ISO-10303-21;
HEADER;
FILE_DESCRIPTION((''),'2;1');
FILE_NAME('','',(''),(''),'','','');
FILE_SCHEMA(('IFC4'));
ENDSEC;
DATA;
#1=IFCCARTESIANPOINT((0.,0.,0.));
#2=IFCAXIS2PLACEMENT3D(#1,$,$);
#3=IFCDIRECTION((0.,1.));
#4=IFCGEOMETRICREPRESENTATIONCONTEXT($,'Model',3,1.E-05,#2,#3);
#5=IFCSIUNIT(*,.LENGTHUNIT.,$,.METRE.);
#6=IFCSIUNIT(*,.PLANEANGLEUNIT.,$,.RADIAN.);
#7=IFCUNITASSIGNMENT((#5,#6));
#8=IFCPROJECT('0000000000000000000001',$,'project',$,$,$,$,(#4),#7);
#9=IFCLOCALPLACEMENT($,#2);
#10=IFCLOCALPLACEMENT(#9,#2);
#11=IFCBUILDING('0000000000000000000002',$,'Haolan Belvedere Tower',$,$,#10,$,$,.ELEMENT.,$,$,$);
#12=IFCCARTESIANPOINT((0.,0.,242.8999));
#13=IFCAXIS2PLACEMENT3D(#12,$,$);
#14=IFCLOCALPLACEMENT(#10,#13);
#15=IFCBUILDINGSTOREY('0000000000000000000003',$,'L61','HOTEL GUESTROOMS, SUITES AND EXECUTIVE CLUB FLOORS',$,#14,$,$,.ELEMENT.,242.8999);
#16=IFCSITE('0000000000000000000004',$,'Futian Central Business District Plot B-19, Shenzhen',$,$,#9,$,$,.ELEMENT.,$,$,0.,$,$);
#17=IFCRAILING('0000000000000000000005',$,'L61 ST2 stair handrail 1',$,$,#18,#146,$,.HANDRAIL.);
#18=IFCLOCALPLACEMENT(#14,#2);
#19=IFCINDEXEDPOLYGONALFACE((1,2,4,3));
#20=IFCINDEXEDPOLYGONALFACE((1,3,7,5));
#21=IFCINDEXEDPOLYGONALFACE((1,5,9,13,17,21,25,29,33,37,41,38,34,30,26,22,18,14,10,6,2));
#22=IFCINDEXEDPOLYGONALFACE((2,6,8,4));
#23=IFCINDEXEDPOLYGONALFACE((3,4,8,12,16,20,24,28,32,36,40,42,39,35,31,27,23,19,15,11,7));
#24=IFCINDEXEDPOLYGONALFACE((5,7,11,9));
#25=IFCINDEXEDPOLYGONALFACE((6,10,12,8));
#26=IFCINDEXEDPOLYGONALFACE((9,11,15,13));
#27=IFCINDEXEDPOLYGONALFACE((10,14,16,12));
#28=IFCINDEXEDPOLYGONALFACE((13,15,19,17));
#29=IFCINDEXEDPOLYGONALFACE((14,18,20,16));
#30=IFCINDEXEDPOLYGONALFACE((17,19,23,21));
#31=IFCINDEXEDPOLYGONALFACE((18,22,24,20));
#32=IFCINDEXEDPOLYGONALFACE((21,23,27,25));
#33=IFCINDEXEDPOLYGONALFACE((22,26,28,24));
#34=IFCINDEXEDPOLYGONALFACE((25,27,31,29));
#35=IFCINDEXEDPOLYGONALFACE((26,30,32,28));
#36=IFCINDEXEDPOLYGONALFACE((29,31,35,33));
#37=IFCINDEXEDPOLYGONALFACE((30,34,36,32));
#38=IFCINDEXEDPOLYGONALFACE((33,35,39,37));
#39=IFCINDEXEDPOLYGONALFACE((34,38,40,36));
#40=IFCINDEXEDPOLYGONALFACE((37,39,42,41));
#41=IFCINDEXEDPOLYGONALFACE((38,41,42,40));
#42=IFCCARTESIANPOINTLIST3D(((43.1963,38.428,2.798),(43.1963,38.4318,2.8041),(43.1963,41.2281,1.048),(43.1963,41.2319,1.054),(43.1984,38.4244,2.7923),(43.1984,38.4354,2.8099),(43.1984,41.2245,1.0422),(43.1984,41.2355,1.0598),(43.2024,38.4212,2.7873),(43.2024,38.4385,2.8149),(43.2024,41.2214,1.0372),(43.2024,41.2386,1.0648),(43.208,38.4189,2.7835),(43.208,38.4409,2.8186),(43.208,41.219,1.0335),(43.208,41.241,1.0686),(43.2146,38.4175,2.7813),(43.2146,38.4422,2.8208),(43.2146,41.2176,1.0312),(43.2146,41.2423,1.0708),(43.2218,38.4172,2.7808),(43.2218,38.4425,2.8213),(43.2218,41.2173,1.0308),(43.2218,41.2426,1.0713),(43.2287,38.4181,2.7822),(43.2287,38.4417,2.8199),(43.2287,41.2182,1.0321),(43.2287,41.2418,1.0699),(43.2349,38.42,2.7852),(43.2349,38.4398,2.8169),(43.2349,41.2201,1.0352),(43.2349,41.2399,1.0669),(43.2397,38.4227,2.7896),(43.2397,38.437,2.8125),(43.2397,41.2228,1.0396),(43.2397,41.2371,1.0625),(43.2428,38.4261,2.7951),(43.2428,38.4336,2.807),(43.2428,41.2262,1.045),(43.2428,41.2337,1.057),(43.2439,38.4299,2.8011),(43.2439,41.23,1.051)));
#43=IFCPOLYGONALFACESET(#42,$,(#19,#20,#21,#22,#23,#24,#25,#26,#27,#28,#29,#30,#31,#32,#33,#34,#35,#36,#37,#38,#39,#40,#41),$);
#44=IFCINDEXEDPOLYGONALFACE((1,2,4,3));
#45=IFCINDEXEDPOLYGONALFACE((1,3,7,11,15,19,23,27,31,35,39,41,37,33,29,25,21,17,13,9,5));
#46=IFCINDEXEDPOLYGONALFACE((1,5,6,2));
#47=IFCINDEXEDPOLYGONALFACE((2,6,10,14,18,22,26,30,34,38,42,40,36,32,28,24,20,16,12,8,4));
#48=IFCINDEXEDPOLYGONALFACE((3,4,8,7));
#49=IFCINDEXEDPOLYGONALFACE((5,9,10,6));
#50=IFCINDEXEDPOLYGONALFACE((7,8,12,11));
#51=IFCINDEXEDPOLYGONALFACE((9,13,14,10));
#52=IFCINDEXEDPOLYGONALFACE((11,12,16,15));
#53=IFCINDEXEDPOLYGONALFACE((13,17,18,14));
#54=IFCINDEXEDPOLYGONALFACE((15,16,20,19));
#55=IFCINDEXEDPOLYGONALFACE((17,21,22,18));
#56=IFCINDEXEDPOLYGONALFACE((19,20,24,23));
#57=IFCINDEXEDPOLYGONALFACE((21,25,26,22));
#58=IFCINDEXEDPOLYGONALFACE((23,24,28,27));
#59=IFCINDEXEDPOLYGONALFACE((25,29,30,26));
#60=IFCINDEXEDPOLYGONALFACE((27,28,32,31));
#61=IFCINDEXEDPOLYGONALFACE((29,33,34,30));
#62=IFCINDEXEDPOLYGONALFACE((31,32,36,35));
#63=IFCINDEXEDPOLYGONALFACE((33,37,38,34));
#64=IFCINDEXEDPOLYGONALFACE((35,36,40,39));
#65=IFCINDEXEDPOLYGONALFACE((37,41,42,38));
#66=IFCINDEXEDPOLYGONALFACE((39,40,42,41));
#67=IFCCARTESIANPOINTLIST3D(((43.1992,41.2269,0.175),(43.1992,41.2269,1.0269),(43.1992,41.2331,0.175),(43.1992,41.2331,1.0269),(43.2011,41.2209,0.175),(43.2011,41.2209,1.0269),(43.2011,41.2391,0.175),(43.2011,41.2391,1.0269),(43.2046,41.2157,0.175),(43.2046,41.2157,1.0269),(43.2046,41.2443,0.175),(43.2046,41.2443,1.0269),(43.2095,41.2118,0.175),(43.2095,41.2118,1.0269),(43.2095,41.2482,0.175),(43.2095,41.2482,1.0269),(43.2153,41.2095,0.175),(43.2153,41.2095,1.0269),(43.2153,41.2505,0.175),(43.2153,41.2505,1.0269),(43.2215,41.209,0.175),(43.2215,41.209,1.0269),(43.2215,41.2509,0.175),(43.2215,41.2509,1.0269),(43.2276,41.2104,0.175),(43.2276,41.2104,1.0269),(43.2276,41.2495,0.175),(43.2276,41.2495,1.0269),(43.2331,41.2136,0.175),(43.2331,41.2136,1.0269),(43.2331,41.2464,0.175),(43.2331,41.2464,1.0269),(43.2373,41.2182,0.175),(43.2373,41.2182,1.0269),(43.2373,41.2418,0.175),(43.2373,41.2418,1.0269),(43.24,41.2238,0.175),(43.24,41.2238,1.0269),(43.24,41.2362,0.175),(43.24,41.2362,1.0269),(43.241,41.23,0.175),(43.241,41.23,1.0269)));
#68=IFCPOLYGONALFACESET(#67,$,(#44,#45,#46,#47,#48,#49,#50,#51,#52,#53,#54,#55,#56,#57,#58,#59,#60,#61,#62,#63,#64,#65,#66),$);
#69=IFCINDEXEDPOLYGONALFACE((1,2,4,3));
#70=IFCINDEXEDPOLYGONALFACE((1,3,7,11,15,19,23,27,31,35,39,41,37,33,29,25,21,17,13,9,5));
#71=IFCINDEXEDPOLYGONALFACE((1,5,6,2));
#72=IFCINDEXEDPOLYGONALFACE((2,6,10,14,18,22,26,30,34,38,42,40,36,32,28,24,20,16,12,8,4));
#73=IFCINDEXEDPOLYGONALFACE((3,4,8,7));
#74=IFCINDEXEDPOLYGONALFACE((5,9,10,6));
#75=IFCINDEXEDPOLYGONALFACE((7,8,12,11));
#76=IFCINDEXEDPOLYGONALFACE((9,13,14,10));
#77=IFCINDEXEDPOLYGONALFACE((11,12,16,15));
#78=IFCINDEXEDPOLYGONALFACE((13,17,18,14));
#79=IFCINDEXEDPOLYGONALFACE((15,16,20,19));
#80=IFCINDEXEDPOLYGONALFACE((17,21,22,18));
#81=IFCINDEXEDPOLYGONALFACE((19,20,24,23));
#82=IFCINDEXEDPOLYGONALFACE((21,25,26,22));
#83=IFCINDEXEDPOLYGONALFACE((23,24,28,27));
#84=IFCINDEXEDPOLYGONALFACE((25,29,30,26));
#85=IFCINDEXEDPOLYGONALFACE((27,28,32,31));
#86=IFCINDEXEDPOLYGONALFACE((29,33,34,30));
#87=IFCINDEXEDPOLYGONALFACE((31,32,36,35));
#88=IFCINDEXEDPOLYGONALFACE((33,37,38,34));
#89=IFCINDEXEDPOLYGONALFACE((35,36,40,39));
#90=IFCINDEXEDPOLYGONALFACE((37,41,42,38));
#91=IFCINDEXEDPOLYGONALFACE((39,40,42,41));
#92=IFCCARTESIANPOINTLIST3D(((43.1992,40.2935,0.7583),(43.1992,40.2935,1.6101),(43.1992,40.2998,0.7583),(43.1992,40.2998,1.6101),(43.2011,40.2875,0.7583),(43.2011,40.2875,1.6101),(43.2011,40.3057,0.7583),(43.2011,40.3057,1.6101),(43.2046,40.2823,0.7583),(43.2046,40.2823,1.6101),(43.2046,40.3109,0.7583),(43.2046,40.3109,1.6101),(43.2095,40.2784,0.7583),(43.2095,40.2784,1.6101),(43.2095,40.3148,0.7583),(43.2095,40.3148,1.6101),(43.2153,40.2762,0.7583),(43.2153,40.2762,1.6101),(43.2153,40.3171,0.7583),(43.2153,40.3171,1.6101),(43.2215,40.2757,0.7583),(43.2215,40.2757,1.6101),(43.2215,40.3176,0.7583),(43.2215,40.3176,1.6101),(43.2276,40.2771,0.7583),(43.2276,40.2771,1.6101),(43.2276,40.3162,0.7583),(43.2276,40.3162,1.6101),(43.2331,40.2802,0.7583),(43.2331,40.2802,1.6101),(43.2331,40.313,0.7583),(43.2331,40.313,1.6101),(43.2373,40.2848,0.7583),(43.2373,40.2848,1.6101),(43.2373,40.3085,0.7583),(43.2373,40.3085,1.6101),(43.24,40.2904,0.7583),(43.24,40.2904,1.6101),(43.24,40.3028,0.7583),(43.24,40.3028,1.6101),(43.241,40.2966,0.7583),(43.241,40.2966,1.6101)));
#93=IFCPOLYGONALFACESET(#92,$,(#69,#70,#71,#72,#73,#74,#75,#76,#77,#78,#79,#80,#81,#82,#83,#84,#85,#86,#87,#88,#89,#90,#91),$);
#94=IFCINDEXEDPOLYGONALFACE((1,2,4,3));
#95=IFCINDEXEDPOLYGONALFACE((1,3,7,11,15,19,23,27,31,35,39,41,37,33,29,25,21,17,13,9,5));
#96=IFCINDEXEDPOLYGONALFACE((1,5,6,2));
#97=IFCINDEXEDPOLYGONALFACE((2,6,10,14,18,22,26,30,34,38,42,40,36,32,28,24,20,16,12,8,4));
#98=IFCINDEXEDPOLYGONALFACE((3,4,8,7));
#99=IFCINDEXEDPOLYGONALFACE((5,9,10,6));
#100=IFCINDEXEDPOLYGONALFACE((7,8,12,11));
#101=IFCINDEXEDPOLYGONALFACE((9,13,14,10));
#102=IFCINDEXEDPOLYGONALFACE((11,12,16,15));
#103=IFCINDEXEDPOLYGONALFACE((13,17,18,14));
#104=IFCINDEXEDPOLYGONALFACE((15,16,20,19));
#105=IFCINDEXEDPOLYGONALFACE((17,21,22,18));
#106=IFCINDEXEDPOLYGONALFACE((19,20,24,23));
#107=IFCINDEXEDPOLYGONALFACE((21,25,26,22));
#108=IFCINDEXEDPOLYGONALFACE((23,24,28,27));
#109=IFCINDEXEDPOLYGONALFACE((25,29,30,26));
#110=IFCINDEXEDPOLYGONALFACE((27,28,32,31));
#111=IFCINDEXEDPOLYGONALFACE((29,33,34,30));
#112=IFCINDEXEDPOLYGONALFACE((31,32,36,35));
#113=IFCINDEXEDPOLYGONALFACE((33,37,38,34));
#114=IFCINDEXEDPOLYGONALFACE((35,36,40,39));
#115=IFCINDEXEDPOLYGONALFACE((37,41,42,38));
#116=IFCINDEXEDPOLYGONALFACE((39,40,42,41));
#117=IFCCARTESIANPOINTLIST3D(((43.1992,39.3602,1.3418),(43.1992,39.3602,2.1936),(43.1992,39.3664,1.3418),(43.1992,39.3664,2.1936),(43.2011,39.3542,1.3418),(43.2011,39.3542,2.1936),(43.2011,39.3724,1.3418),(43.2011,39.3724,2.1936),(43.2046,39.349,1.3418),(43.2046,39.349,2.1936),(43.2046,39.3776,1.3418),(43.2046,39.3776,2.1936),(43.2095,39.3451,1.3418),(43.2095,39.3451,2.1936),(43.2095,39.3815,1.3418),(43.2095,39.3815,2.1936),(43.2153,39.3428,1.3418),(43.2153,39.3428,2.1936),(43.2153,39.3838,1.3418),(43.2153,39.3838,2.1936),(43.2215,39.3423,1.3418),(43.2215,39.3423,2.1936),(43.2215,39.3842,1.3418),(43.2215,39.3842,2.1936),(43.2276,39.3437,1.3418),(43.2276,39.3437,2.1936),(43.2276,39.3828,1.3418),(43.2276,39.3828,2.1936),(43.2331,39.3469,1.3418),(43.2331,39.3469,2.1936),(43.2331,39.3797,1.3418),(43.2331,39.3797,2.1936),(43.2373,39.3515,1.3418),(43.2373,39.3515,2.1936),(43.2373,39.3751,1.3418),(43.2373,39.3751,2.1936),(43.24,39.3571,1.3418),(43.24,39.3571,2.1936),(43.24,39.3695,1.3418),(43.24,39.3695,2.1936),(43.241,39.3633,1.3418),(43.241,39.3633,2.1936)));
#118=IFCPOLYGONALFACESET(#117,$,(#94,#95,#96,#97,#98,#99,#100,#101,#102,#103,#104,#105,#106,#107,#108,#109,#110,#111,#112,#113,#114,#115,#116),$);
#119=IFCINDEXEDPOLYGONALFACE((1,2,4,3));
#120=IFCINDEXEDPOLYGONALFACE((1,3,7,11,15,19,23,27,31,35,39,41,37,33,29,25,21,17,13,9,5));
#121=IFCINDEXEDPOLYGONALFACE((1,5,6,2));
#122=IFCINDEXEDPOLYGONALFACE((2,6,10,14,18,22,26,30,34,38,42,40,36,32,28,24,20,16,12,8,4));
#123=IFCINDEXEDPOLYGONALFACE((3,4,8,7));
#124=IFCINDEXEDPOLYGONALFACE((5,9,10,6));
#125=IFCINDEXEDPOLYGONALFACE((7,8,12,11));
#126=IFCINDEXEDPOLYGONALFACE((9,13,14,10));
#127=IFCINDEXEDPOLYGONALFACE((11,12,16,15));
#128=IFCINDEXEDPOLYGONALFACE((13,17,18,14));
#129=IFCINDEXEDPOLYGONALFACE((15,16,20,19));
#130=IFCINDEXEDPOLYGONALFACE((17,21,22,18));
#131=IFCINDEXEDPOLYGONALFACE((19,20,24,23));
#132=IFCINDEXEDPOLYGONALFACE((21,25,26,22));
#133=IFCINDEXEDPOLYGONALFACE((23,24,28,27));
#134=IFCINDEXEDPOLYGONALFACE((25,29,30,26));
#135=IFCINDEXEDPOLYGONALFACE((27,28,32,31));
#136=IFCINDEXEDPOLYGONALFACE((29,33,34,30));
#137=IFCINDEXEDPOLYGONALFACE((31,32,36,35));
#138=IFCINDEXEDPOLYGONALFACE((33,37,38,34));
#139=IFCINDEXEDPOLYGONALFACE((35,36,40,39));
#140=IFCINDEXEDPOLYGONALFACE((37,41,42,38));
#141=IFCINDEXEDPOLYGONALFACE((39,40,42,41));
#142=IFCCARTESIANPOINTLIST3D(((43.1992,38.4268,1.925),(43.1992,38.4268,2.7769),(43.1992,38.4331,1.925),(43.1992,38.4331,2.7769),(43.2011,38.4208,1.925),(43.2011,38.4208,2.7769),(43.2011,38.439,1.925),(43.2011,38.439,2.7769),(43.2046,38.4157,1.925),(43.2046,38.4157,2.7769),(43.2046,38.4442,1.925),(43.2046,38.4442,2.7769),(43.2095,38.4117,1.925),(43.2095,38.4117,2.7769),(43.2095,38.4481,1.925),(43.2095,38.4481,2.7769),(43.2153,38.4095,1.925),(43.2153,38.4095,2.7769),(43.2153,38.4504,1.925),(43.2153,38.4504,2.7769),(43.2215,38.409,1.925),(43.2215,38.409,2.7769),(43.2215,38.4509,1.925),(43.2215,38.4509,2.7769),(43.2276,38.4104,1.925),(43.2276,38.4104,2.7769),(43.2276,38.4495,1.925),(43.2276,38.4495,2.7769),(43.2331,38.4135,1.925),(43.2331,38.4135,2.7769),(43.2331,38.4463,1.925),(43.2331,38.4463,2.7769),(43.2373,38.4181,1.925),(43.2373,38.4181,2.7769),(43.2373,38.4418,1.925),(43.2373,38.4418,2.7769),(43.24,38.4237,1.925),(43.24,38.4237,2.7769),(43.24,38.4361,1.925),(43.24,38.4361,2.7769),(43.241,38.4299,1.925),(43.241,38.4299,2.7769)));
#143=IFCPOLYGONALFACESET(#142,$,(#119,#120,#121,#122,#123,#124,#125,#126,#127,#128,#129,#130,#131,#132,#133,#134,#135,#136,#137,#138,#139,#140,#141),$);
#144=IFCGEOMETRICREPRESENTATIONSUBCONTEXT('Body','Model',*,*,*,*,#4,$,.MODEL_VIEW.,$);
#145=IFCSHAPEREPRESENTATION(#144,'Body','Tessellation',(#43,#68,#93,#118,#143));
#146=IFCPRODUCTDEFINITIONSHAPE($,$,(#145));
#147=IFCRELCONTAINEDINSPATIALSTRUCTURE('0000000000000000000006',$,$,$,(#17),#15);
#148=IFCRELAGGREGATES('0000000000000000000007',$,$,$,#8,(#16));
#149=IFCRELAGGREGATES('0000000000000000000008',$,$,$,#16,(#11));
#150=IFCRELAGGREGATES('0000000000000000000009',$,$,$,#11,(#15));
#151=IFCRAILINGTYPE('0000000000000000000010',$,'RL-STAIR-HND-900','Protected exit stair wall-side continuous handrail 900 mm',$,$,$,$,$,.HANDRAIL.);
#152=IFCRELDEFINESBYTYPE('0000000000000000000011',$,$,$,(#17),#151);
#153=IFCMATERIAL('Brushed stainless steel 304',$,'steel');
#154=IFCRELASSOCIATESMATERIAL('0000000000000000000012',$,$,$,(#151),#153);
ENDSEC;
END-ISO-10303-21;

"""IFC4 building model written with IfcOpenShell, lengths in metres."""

from ifc_helpers import new_model, si_unit, direction, frame, origin, origin_2d, place, context, subcontext, project, spatial, circle, extrude, material, type_object, element, save


model = new_model("IFC4")

# Units and contexts
model_context = context("Model", 3, precision=1e-05, world=origin(), true_north=direction((0.0, 1.0)))
body_context = subcontext(model_context, "Body", "Model", "MODEL_VIEW")
ifc_project = project(units=[si_unit("LENGTHUNIT", "METRE"), si_unit("PLANEANGLEUNIT", "RADIAN")], contexts=[model_context])

# Site, building, storey
site_placement = place(None, origin())
site = spatial("IfcSite", under=ifc_project, at=site_placement, Name="Futian Central Business District Plot B-19, Shenzhen", CompositionType="ELEMENT", RefElevation=0.0)
building_placement = place(site_placement, origin())
building = spatial("IfcBuilding", under=site, at=building_placement, Name="Haolan Belvedere Tower", CompositionType="ELEMENT")
storey_placement = place(building_placement, frame((0.0, 0.0, 242.8999)))
storey = spatial("IfcBuildingStorey", under=building, at=storey_placement, Name="L61", Description="HOTEL GUESTROOMS, SUITES AND EXECUTIVE CLUB FLOORS", CompositionType="ELEMENT", Elevation=242.8999)

# Railing
ifc_material_1 = material(Name="Brushed stainless steel 304", Category="steel")
railing_type_1 = type_object("IfcRailingType", Name="RL-STAIR-HND-900", Description="Protected exit stair wall-side continuous handrail 900 mm", PredefinedType="HANDRAIL", material=ifc_material_1)
for number, where, name in (
    (1, (43.22, 41.23, 0.175), "L61 ST2 stair handrail 1"),
):
    element("IfcRailing", number, at=place(storey_placement, frame(where)), inside=storey, type_object=railing_type_1, Name=name, PredefinedType="HANDRAIL", context=body_context, shape_type="SweptSolid", body=[
        extrude(circle(Radius=0.0239, at=origin_2d()), frame((0.0, 0.0, 0.876), z_axis=(0.0, -0.848002, 0.529992), x_axis=(1.0, 0.0, 0.0)), (0.0, 0.0, 1.0), 3.302),
        extrude(circle(Radius=0.021, at=origin_2d()), origin(), (0.0, 0.0, 1.0), 0.8518),
        extrude(circle(Radius=0.021, at=origin_2d()), frame((0.0, -0.9333, 0.5833)), (0.0, 0.0, 1.0), 0.8518),
        extrude(circle(Radius=0.021, at=origin_2d()), frame((0.0, -1.8667, 1.1667)), (0.0, 0.0, 1.0), 0.8518),
        extrude(circle(Radius=0.021, at=origin_2d()), frame((0.0, -2.8, 1.75)), (0.0, 0.0, 1.0), 0.8518),
    ])

save(model, "model.ifc")
